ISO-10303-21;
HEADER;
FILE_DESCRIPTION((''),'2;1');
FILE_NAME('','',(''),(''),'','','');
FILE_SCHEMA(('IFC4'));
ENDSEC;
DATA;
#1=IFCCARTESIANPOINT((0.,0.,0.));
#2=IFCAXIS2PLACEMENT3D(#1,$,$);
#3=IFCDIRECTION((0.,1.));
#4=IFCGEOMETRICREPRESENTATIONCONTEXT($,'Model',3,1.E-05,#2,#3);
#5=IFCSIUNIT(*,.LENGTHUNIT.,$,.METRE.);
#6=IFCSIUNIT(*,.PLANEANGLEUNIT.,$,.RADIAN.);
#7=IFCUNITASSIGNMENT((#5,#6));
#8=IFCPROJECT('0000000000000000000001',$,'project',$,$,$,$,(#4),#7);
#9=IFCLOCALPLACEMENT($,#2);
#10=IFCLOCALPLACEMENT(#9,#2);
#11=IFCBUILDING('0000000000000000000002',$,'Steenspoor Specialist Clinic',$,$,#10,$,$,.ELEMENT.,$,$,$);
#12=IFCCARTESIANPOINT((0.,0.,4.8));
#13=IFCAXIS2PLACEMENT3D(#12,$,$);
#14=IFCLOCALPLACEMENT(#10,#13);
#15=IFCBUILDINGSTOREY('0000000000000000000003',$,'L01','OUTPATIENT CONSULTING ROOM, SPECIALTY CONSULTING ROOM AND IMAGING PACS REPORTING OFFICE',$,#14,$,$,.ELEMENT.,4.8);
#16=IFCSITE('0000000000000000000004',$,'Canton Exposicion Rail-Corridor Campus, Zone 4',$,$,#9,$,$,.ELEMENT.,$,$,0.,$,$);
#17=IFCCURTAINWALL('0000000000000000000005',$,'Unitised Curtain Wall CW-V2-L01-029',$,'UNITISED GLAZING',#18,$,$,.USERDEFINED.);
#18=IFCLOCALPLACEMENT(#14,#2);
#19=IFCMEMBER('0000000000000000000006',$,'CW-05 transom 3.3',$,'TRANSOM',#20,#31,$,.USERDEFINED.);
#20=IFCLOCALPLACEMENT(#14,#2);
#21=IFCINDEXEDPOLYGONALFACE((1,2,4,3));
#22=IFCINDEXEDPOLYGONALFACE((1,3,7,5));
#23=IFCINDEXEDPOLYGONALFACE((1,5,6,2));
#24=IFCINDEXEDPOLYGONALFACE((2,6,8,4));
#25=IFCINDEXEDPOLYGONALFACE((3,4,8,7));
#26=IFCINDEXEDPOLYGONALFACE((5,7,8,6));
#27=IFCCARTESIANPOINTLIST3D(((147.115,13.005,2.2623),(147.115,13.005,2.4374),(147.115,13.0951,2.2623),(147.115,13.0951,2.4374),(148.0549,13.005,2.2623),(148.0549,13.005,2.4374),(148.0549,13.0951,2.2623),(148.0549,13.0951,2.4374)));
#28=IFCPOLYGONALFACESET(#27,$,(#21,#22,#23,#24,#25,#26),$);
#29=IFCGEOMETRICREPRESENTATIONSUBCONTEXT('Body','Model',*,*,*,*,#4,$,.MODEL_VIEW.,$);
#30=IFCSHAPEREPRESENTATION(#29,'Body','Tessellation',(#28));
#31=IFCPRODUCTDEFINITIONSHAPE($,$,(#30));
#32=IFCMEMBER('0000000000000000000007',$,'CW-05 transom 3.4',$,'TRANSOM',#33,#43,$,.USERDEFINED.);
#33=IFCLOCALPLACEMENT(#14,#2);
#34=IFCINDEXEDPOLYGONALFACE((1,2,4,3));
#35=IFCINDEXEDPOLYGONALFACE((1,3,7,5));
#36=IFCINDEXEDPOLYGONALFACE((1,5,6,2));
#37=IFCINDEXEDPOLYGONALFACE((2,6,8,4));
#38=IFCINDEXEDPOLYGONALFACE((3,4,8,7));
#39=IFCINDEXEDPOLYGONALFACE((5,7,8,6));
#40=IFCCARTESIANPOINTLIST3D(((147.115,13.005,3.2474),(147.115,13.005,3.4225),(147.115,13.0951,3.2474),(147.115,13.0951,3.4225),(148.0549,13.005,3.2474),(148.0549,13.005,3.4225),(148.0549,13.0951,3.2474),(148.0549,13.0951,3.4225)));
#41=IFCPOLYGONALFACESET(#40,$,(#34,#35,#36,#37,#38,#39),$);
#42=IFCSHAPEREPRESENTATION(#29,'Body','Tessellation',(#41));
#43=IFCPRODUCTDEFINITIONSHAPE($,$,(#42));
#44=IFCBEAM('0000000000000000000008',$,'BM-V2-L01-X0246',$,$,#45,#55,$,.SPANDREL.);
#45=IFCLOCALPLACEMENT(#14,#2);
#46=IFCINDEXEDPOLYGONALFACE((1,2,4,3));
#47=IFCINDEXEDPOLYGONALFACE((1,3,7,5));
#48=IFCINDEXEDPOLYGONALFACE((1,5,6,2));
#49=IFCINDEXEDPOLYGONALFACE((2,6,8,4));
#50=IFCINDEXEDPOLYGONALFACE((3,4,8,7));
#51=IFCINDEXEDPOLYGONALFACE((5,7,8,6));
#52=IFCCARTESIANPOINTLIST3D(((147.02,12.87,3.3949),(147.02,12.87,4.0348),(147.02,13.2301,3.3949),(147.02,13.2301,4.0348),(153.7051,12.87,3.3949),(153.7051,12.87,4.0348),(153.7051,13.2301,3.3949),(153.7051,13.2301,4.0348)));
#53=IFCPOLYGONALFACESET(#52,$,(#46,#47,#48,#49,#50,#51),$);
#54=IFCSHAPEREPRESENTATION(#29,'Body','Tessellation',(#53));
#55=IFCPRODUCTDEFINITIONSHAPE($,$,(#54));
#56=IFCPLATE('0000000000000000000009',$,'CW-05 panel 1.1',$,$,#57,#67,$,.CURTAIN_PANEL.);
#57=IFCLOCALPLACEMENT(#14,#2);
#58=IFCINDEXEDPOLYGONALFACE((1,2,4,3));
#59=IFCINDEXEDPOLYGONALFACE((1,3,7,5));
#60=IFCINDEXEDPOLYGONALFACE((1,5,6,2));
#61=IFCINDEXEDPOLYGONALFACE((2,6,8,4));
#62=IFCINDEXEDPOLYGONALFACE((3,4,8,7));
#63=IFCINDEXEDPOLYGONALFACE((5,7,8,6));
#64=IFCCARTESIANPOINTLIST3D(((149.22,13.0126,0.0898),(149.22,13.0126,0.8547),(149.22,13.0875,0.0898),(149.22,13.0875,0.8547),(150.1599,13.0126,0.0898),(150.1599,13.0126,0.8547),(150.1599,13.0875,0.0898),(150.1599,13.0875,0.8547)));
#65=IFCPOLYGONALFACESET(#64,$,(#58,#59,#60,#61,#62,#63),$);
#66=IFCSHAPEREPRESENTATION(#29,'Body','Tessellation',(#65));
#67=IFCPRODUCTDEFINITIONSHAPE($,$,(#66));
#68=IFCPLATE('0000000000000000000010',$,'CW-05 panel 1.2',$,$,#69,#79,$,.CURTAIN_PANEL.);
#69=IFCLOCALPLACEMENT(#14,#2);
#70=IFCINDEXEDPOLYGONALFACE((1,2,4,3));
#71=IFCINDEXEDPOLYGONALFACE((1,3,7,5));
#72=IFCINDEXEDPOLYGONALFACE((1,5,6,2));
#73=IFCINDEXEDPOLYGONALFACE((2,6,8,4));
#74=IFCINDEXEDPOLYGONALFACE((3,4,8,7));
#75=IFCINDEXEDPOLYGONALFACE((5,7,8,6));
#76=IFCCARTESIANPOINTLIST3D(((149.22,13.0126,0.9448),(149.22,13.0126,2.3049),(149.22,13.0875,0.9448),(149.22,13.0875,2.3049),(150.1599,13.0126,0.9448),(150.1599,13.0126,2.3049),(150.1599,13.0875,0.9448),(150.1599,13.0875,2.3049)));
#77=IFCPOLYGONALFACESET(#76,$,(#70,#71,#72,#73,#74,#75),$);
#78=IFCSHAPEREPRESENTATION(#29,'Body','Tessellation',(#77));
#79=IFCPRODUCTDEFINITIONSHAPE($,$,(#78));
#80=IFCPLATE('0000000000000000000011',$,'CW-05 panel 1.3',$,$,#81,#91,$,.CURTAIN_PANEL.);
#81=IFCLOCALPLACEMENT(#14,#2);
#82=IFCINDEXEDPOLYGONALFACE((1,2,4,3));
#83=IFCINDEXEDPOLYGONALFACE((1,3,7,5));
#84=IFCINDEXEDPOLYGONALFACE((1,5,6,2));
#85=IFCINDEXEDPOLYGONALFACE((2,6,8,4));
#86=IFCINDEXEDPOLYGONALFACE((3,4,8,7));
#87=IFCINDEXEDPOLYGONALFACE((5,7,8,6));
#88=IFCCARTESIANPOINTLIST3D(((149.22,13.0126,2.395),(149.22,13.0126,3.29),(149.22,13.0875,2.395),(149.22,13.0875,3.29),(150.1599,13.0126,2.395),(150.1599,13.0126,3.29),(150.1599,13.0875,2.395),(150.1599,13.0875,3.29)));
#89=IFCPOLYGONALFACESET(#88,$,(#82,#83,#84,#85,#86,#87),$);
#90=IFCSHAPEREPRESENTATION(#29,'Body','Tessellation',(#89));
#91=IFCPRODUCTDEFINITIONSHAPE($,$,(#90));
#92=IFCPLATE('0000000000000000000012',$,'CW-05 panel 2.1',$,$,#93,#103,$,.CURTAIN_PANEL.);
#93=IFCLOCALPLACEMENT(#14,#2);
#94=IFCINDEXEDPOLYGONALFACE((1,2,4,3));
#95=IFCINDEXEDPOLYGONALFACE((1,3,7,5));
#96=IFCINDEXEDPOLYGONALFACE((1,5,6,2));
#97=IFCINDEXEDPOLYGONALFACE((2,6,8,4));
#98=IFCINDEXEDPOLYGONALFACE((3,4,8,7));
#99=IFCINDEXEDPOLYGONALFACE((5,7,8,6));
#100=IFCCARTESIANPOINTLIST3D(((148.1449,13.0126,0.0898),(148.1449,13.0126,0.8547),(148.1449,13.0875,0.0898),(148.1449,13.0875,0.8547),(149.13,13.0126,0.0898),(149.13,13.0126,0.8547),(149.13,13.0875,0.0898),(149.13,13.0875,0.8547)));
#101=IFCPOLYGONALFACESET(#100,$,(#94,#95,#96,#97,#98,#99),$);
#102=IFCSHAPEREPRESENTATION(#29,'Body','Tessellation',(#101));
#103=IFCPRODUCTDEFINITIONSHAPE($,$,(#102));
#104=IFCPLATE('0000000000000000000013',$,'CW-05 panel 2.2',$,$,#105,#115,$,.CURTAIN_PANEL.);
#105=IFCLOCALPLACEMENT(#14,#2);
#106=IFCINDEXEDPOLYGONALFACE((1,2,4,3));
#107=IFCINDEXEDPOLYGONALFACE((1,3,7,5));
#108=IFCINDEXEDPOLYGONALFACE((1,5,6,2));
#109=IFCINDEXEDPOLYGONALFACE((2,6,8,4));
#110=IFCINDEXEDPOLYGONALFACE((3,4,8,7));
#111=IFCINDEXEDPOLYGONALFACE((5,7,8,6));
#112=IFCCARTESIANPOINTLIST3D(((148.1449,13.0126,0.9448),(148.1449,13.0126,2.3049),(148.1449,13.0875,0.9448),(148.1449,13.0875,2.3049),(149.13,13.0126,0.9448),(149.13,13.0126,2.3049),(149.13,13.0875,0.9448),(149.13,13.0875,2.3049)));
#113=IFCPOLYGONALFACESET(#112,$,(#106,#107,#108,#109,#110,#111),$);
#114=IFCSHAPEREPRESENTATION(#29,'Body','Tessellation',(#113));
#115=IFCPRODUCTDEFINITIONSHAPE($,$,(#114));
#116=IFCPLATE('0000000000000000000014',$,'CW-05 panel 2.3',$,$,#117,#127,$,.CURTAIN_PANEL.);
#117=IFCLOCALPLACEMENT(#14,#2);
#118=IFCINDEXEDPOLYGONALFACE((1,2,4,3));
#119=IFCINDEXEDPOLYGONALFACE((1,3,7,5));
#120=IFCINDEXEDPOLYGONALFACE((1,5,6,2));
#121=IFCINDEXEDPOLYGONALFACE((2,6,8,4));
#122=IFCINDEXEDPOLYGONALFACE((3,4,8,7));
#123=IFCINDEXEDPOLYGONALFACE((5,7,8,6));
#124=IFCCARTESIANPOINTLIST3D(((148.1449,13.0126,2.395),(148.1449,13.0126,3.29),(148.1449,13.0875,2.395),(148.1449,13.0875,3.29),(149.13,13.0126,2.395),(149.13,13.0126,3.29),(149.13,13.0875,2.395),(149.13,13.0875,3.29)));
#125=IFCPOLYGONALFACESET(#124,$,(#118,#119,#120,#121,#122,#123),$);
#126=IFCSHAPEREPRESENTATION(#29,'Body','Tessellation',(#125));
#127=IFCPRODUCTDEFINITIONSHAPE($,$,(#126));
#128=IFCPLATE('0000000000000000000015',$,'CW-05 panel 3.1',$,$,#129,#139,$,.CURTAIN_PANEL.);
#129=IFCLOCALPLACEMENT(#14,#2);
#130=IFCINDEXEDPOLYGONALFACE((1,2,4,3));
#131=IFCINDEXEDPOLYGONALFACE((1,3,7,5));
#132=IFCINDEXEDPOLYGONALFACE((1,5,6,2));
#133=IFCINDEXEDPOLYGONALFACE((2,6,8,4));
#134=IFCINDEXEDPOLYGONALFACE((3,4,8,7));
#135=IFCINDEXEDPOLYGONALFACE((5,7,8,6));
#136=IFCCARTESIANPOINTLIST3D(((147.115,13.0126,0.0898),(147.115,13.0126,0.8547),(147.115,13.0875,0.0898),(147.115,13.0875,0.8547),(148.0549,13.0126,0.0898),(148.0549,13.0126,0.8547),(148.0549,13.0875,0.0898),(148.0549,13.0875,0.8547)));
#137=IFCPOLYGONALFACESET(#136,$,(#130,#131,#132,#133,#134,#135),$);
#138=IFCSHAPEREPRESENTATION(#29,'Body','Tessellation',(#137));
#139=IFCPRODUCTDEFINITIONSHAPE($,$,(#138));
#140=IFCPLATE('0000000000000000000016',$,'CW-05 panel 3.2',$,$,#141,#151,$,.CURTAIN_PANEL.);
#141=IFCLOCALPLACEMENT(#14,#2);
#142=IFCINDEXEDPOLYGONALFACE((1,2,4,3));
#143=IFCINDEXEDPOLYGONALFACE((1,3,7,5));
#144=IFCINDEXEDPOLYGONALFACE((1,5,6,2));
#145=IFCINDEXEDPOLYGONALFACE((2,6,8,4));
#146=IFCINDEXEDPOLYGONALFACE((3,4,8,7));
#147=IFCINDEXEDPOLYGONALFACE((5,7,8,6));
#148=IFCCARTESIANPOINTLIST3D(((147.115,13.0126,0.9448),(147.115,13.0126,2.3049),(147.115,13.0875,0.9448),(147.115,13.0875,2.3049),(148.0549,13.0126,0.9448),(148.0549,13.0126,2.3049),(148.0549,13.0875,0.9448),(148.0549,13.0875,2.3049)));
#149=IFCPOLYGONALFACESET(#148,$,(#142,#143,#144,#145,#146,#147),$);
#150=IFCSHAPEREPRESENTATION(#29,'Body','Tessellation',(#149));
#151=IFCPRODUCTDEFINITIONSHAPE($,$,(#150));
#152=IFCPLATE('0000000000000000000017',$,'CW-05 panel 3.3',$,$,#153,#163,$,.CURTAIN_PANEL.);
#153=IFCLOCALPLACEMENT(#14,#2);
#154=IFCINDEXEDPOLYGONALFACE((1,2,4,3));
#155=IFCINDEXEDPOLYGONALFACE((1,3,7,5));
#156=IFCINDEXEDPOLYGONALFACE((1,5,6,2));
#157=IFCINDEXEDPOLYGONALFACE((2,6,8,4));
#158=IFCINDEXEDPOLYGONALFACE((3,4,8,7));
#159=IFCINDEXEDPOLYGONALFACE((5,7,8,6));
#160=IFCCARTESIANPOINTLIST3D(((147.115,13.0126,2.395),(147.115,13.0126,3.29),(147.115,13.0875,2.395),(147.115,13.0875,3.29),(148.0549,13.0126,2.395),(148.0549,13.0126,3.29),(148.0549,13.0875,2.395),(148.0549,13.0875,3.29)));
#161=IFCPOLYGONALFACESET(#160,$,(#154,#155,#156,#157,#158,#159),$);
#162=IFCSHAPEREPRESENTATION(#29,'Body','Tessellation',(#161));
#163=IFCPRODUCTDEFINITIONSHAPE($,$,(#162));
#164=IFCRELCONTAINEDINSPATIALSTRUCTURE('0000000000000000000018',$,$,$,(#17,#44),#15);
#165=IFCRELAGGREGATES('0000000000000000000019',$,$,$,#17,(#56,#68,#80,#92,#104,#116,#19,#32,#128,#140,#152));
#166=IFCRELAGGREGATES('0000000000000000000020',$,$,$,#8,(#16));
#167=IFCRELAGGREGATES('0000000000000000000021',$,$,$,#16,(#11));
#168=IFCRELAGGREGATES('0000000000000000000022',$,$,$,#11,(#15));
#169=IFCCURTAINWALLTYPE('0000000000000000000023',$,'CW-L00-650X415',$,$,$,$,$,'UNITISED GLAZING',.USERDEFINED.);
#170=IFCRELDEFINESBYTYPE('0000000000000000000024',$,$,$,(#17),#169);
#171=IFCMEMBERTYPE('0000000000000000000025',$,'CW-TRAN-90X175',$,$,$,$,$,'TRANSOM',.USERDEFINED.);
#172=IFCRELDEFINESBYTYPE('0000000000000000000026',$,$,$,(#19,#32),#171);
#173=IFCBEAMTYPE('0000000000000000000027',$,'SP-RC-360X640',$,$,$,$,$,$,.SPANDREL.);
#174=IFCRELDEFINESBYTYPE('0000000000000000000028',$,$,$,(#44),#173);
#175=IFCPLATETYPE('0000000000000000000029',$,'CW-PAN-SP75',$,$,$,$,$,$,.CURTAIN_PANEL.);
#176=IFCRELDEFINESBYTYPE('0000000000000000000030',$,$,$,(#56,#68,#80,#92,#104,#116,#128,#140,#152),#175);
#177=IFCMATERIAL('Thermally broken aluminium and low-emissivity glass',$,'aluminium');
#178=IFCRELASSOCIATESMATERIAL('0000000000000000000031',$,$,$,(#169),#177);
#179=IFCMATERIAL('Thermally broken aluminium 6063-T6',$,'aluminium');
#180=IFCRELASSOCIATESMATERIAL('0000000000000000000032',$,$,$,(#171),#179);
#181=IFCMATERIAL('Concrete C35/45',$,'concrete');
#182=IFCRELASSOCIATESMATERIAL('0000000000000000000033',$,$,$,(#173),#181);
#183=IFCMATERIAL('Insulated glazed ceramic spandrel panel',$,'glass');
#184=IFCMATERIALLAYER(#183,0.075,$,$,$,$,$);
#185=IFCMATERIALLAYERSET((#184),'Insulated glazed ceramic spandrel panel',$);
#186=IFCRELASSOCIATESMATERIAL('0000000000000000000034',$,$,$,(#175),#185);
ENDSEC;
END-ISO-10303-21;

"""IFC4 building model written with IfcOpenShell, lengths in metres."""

from ifc_helpers import new_model, si_unit, direction, frame, origin, origin_2d, place, context, subcontext, project, spatial, rectangle, extrude, material, layer, layer_set, material_profile, profile_set, type_object, element, aggregate, save


model = new_model("IFC4")

# Units and contexts
model_context = context("Model", 3, precision=1e-05, world=origin(), true_north=direction((0.0, 1.0)))
body_context = subcontext(model_context, "Body", "Model", "MODEL_VIEW")
ifc_project = project(units=[si_unit("LENGTHUNIT", "METRE"), si_unit("PLANEANGLEUNIT", "RADIAN")], contexts=[model_context])

# Site, building, storey
site_placement = place(None, origin())
site = spatial("IfcSite", under=ifc_project, at=site_placement, Name="Canton Exposicion Rail-Corridor Campus, Zone 4", CompositionType="ELEMENT", RefElevation=0.0)
building_placement = place(site_placement, origin())
building = spatial("IfcBuilding", under=site, at=building_placement, Name="Steenspoor Specialist Clinic", CompositionType="ELEMENT")
storey_placement = place(building_placement, frame((0.0, 0.0, 4.8)))
storey = spatial("IfcBuildingStorey", under=building, at=storey_placement, Name="L01", Description="OUTPATIENT CONSULTING ROOM, SPECIALTY CONSULTING ROOM AND IMAGING PACS REPORTING OFFICE", CompositionType="ELEMENT", Elevation=4.8)

# Shared definitions
ifc_material_1 = material(Name="Concrete C35/45", Category="concrete")

# Curtain wall, members
ifc_material_2 = material(Name="Thermally broken aluminium and low-emissivity glass", Category="aluminium")
curtain_wall_type = type_object("IfcCurtainWallType", Name="CW-L00-650X415", ElementType="UNITISED GLAZING", PredefinedType="USERDEFINED", material=ifc_material_2)
curtain_wall_placement = place(storey_placement, origin())
curtain_wall = element("IfcCurtainWall", 1, at=curtain_wall_placement, inside=storey, type_object=curtain_wall_type, Name="Unitised Curtain Wall CW-V2-L01-029", ObjectType="UNITISED GLAZING", PredefinedType="USERDEFINED")
ifc_material_3 = material(Name="Thermally broken aluminium 6063-T6", Category="aluminium")
ifc_material_profile_1 = material_profile(ifc_material_3, rectangle(XDim=0.0901, YDim=0.175, at=origin_2d()), Name="CWT-90X175")
ifc_profile_set_1 = profile_set([ifc_material_profile_1], Name="Thermally broken aluminium 6063-T6")
member_type_1 = type_object("IfcMemberType", Name="CW-TRAN-90X175", ElementType="TRANSOM", PredefinedType="USERDEFINED", material=ifc_profile_set_1)
member_1_placement = place(storey_placement, frame((148.0549, 13.05, 2.3499), z_axis=(-1.0, 0.0, 0.0), x_axis=(0.0, -1.0, 0.0)))
member_1 = element("IfcMember", 2, at=member_1_placement, type_object=member_type_1, Name="CW-05 transom 3.3", ObjectType="TRANSOM", PredefinedType="USERDEFINED", context=body_context, shape_type="SweptSolid", body=[
    extrude(rectangle(XDim=0.0901, YDim=0.175, at=origin_2d()), origin(), (0.0, 0.0, 1.0), 0.9399),
])
member_2_placement = place(storey_placement, frame((148.0549, 13.05, 3.335), z_axis=(-1.0, 0.0, 0.0), x_axis=(0.0, -1.0, 0.0)))
member_2 = element("IfcMember", 3, at=member_2_placement, type_object=member_type_1, Name="CW-05 transom 3.4", ObjectType="TRANSOM", PredefinedType="USERDEFINED", context=body_context, shape_type="SweptSolid", body=[
    extrude(rectangle(XDim=0.0901, YDim=0.175, at=origin_2d()), origin(), (0.0, 0.0, 1.0), 0.9399),
])

# Beam
ifc_material_profile_2 = material_profile(ifc_material_1, rectangle(XDim=0.3601, YDim=0.6399, at=origin_2d()), Name="RC-SP-360X640")
ifc_profile_set_2 = profile_set([ifc_material_profile_2], Name="Concrete C35/45")
beam_type_1 = type_object("IfcBeamType", Name="SP-RC-360X640", PredefinedType="SPANDREL", material=ifc_profile_set_2)
beam_1_placement = place(storey_placement, frame((147.02, 13.05, 3.7148), z_axis=(1.0, 0.0, 0.0), x_axis=(0.0, 1.0, 0.0)))
element("IfcBeam", 4, at=beam_1_placement, inside=storey, type_object=beam_type_1, Name="BM-V2-L01-X0246", PredefinedType="SPANDREL", context=body_context, shape_type="SweptSolid", body=[
    extrude(rectangle(XDim=0.3601, YDim=0.6399, at=origin_2d()), origin(), (0.0, 0.0, 1.0), 6.6851),
])

# Plates
ifc_material_4 = material(Name="Insulated glazed ceramic spandrel panel", Category="glass")
ifc_layer_1 = layer(ifc_material_4, 0.075)
ifc_layer_set_1 = layer_set([ifc_layer_1], Name="Insulated glazed ceramic spandrel panel")
plate_type = type_object("IfcPlateType", Name="CW-PAN-SP75", PredefinedType="CURTAIN_PANEL", material=ifc_layer_set_1)
plate_1_placement = place(storey_placement, frame((149.6899, 13.05, 0.0898), z_axis=(0.0, 0.0, 1.0), x_axis=(-1.0, 0.0, 0.0)))
plate_1 = element("IfcPlate", 5, at=plate_1_placement, type_object=plate_type, Name="CW-05 panel 1.1", PredefinedType="CURTAIN_PANEL", context=body_context, shape_type="SweptSolid", body=[
    extrude(rectangle(XDim=0.9399, YDim=0.075, at=origin_2d()), origin(), (0.0, 0.0, 1.0), 0.7649),
])
plate_2_placement = place(storey_placement, frame((149.6899, 13.05, 0.9448), z_axis=(0.0, 0.0, 1.0), x_axis=(-1.0, 0.0, 0.0)))
plate_2 = element("IfcPlate", 6, at=plate_2_placement, type_object=plate_type, Name="CW-05 panel 1.2", PredefinedType="CURTAIN_PANEL", context=body_context, shape_type="SweptSolid", body=[
    extrude(rectangle(XDim=0.9399, YDim=0.075, at=origin_2d()), origin(), (0.0, 0.0, 1.0), 1.3601),
])
plate_3_placement = place(storey_placement, frame((149.6899, 13.05, 2.395), z_axis=(0.0, 0.0, 1.0), x_axis=(-1.0, 0.0, 0.0)))
plate_3 = element("IfcPlate", 7, at=plate_3_placement, type_object=plate_type, Name="CW-05 panel 1.3", PredefinedType="CURTAIN_PANEL", context=body_context, shape_type="SweptSolid", body=[
    extrude(rectangle(XDim=0.9399, YDim=0.075, at=origin_2d()), origin(), (0.0, 0.0, 1.0), 0.895),
])
plate_4_placement = place(storey_placement, frame((148.6375, 13.05, 0.0898), z_axis=(0.0, 0.0, 1.0), x_axis=(-1.0, 0.0, 0.0)))
plate_4 = element("IfcPlate", 8, at=plate_4_placement, type_object=plate_type, Name="CW-05 panel 2.1", PredefinedType="CURTAIN_PANEL", context=body_context, shape_type="SweptSolid", body=[
    extrude(rectangle(XDim=0.9851, YDim=0.075, at=origin_2d()), origin(), (0.0, 0.0, 1.0), 0.7649),
])
plate_5_placement = place(storey_placement, frame((148.6375, 13.05, 0.9448), z_axis=(0.0, 0.0, 1.0), x_axis=(-1.0, 0.0, 0.0)))
plate_5 = element("IfcPlate", 9, at=plate_5_placement, type_object=plate_type, Name="CW-05 panel 2.2", PredefinedType="CURTAIN_PANEL", context=body_context, shape_type="SweptSolid", body=[
    extrude(rectangle(XDim=0.9851, YDim=0.075, at=origin_2d()), origin(), (0.0, 0.0, 1.0), 1.3601),
])
plate_6_placement = place(storey_placement, frame((148.6375, 13.05, 2.395), z_axis=(0.0, 0.0, 1.0), x_axis=(-1.0, 0.0, 0.0)))
plate_6 = element("IfcPlate", 10, at=plate_6_placement, type_object=plate_type, Name="CW-05 panel 2.3", PredefinedType="CURTAIN_PANEL", context=body_context, shape_type="SweptSolid", body=[
    extrude(rectangle(XDim=0.9851, YDim=0.075, at=origin_2d()), origin(), (0.0, 0.0, 1.0), 0.895),
])
plate_7_placement = place(storey_placement, frame((147.585, 13.05, 0.0898), z_axis=(0.0, 0.0, 1.0), x_axis=(-1.0, 0.0, 0.0)))
plate_7 = element("IfcPlate", 11, at=plate_7_placement, type_object=plate_type, Name="CW-05 panel 3.1", PredefinedType="CURTAIN_PANEL", context=body_context, shape_type="SweptSolid", body=[
    extrude(rectangle(XDim=0.9399, YDim=0.075, at=origin_2d()), origin(), (0.0, 0.0, 1.0), 0.7649),
])
plate_8_placement = place(storey_placement, frame((147.585, 13.05, 0.9448), z_axis=(0.0, 0.0, 1.0), x_axis=(-1.0, 0.0, 0.0)))
plate_8 = element("IfcPlate", 12, at=plate_8_placement, type_object=plate_type, Name="CW-05 panel 3.2", PredefinedType="CURTAIN_PANEL", context=body_context, shape_type="SweptSolid", body=[
    extrude(rectangle(XDim=0.9399, YDim=0.075, at=origin_2d()), origin(), (0.0, 0.0, 1.0), 1.3601),
])
plate_9_placement = place(storey_placement, frame((147.585, 13.05, 2.395), z_axis=(0.0, 0.0, 1.0), x_axis=(-1.0, 0.0, 0.0)))
plate_9 = element("IfcPlate", 13, at=plate_9_placement, type_object=plate_type, Name="CW-05 panel 3.3", PredefinedType="CURTAIN_PANEL", context=body_context, shape_type="SweptSolid", body=[
    extrude(rectangle(XDim=0.9399, YDim=0.075, at=origin_2d()), origin(), (0.0, 0.0, 1.0), 0.895),
])
aggregate(curtain_wall, [plate_1, plate_2, plate_3, plate_4, plate_5, plate_6, member_1, member_2, plate_7, plate_8, plate_9])

save(model, "model.ifc")
